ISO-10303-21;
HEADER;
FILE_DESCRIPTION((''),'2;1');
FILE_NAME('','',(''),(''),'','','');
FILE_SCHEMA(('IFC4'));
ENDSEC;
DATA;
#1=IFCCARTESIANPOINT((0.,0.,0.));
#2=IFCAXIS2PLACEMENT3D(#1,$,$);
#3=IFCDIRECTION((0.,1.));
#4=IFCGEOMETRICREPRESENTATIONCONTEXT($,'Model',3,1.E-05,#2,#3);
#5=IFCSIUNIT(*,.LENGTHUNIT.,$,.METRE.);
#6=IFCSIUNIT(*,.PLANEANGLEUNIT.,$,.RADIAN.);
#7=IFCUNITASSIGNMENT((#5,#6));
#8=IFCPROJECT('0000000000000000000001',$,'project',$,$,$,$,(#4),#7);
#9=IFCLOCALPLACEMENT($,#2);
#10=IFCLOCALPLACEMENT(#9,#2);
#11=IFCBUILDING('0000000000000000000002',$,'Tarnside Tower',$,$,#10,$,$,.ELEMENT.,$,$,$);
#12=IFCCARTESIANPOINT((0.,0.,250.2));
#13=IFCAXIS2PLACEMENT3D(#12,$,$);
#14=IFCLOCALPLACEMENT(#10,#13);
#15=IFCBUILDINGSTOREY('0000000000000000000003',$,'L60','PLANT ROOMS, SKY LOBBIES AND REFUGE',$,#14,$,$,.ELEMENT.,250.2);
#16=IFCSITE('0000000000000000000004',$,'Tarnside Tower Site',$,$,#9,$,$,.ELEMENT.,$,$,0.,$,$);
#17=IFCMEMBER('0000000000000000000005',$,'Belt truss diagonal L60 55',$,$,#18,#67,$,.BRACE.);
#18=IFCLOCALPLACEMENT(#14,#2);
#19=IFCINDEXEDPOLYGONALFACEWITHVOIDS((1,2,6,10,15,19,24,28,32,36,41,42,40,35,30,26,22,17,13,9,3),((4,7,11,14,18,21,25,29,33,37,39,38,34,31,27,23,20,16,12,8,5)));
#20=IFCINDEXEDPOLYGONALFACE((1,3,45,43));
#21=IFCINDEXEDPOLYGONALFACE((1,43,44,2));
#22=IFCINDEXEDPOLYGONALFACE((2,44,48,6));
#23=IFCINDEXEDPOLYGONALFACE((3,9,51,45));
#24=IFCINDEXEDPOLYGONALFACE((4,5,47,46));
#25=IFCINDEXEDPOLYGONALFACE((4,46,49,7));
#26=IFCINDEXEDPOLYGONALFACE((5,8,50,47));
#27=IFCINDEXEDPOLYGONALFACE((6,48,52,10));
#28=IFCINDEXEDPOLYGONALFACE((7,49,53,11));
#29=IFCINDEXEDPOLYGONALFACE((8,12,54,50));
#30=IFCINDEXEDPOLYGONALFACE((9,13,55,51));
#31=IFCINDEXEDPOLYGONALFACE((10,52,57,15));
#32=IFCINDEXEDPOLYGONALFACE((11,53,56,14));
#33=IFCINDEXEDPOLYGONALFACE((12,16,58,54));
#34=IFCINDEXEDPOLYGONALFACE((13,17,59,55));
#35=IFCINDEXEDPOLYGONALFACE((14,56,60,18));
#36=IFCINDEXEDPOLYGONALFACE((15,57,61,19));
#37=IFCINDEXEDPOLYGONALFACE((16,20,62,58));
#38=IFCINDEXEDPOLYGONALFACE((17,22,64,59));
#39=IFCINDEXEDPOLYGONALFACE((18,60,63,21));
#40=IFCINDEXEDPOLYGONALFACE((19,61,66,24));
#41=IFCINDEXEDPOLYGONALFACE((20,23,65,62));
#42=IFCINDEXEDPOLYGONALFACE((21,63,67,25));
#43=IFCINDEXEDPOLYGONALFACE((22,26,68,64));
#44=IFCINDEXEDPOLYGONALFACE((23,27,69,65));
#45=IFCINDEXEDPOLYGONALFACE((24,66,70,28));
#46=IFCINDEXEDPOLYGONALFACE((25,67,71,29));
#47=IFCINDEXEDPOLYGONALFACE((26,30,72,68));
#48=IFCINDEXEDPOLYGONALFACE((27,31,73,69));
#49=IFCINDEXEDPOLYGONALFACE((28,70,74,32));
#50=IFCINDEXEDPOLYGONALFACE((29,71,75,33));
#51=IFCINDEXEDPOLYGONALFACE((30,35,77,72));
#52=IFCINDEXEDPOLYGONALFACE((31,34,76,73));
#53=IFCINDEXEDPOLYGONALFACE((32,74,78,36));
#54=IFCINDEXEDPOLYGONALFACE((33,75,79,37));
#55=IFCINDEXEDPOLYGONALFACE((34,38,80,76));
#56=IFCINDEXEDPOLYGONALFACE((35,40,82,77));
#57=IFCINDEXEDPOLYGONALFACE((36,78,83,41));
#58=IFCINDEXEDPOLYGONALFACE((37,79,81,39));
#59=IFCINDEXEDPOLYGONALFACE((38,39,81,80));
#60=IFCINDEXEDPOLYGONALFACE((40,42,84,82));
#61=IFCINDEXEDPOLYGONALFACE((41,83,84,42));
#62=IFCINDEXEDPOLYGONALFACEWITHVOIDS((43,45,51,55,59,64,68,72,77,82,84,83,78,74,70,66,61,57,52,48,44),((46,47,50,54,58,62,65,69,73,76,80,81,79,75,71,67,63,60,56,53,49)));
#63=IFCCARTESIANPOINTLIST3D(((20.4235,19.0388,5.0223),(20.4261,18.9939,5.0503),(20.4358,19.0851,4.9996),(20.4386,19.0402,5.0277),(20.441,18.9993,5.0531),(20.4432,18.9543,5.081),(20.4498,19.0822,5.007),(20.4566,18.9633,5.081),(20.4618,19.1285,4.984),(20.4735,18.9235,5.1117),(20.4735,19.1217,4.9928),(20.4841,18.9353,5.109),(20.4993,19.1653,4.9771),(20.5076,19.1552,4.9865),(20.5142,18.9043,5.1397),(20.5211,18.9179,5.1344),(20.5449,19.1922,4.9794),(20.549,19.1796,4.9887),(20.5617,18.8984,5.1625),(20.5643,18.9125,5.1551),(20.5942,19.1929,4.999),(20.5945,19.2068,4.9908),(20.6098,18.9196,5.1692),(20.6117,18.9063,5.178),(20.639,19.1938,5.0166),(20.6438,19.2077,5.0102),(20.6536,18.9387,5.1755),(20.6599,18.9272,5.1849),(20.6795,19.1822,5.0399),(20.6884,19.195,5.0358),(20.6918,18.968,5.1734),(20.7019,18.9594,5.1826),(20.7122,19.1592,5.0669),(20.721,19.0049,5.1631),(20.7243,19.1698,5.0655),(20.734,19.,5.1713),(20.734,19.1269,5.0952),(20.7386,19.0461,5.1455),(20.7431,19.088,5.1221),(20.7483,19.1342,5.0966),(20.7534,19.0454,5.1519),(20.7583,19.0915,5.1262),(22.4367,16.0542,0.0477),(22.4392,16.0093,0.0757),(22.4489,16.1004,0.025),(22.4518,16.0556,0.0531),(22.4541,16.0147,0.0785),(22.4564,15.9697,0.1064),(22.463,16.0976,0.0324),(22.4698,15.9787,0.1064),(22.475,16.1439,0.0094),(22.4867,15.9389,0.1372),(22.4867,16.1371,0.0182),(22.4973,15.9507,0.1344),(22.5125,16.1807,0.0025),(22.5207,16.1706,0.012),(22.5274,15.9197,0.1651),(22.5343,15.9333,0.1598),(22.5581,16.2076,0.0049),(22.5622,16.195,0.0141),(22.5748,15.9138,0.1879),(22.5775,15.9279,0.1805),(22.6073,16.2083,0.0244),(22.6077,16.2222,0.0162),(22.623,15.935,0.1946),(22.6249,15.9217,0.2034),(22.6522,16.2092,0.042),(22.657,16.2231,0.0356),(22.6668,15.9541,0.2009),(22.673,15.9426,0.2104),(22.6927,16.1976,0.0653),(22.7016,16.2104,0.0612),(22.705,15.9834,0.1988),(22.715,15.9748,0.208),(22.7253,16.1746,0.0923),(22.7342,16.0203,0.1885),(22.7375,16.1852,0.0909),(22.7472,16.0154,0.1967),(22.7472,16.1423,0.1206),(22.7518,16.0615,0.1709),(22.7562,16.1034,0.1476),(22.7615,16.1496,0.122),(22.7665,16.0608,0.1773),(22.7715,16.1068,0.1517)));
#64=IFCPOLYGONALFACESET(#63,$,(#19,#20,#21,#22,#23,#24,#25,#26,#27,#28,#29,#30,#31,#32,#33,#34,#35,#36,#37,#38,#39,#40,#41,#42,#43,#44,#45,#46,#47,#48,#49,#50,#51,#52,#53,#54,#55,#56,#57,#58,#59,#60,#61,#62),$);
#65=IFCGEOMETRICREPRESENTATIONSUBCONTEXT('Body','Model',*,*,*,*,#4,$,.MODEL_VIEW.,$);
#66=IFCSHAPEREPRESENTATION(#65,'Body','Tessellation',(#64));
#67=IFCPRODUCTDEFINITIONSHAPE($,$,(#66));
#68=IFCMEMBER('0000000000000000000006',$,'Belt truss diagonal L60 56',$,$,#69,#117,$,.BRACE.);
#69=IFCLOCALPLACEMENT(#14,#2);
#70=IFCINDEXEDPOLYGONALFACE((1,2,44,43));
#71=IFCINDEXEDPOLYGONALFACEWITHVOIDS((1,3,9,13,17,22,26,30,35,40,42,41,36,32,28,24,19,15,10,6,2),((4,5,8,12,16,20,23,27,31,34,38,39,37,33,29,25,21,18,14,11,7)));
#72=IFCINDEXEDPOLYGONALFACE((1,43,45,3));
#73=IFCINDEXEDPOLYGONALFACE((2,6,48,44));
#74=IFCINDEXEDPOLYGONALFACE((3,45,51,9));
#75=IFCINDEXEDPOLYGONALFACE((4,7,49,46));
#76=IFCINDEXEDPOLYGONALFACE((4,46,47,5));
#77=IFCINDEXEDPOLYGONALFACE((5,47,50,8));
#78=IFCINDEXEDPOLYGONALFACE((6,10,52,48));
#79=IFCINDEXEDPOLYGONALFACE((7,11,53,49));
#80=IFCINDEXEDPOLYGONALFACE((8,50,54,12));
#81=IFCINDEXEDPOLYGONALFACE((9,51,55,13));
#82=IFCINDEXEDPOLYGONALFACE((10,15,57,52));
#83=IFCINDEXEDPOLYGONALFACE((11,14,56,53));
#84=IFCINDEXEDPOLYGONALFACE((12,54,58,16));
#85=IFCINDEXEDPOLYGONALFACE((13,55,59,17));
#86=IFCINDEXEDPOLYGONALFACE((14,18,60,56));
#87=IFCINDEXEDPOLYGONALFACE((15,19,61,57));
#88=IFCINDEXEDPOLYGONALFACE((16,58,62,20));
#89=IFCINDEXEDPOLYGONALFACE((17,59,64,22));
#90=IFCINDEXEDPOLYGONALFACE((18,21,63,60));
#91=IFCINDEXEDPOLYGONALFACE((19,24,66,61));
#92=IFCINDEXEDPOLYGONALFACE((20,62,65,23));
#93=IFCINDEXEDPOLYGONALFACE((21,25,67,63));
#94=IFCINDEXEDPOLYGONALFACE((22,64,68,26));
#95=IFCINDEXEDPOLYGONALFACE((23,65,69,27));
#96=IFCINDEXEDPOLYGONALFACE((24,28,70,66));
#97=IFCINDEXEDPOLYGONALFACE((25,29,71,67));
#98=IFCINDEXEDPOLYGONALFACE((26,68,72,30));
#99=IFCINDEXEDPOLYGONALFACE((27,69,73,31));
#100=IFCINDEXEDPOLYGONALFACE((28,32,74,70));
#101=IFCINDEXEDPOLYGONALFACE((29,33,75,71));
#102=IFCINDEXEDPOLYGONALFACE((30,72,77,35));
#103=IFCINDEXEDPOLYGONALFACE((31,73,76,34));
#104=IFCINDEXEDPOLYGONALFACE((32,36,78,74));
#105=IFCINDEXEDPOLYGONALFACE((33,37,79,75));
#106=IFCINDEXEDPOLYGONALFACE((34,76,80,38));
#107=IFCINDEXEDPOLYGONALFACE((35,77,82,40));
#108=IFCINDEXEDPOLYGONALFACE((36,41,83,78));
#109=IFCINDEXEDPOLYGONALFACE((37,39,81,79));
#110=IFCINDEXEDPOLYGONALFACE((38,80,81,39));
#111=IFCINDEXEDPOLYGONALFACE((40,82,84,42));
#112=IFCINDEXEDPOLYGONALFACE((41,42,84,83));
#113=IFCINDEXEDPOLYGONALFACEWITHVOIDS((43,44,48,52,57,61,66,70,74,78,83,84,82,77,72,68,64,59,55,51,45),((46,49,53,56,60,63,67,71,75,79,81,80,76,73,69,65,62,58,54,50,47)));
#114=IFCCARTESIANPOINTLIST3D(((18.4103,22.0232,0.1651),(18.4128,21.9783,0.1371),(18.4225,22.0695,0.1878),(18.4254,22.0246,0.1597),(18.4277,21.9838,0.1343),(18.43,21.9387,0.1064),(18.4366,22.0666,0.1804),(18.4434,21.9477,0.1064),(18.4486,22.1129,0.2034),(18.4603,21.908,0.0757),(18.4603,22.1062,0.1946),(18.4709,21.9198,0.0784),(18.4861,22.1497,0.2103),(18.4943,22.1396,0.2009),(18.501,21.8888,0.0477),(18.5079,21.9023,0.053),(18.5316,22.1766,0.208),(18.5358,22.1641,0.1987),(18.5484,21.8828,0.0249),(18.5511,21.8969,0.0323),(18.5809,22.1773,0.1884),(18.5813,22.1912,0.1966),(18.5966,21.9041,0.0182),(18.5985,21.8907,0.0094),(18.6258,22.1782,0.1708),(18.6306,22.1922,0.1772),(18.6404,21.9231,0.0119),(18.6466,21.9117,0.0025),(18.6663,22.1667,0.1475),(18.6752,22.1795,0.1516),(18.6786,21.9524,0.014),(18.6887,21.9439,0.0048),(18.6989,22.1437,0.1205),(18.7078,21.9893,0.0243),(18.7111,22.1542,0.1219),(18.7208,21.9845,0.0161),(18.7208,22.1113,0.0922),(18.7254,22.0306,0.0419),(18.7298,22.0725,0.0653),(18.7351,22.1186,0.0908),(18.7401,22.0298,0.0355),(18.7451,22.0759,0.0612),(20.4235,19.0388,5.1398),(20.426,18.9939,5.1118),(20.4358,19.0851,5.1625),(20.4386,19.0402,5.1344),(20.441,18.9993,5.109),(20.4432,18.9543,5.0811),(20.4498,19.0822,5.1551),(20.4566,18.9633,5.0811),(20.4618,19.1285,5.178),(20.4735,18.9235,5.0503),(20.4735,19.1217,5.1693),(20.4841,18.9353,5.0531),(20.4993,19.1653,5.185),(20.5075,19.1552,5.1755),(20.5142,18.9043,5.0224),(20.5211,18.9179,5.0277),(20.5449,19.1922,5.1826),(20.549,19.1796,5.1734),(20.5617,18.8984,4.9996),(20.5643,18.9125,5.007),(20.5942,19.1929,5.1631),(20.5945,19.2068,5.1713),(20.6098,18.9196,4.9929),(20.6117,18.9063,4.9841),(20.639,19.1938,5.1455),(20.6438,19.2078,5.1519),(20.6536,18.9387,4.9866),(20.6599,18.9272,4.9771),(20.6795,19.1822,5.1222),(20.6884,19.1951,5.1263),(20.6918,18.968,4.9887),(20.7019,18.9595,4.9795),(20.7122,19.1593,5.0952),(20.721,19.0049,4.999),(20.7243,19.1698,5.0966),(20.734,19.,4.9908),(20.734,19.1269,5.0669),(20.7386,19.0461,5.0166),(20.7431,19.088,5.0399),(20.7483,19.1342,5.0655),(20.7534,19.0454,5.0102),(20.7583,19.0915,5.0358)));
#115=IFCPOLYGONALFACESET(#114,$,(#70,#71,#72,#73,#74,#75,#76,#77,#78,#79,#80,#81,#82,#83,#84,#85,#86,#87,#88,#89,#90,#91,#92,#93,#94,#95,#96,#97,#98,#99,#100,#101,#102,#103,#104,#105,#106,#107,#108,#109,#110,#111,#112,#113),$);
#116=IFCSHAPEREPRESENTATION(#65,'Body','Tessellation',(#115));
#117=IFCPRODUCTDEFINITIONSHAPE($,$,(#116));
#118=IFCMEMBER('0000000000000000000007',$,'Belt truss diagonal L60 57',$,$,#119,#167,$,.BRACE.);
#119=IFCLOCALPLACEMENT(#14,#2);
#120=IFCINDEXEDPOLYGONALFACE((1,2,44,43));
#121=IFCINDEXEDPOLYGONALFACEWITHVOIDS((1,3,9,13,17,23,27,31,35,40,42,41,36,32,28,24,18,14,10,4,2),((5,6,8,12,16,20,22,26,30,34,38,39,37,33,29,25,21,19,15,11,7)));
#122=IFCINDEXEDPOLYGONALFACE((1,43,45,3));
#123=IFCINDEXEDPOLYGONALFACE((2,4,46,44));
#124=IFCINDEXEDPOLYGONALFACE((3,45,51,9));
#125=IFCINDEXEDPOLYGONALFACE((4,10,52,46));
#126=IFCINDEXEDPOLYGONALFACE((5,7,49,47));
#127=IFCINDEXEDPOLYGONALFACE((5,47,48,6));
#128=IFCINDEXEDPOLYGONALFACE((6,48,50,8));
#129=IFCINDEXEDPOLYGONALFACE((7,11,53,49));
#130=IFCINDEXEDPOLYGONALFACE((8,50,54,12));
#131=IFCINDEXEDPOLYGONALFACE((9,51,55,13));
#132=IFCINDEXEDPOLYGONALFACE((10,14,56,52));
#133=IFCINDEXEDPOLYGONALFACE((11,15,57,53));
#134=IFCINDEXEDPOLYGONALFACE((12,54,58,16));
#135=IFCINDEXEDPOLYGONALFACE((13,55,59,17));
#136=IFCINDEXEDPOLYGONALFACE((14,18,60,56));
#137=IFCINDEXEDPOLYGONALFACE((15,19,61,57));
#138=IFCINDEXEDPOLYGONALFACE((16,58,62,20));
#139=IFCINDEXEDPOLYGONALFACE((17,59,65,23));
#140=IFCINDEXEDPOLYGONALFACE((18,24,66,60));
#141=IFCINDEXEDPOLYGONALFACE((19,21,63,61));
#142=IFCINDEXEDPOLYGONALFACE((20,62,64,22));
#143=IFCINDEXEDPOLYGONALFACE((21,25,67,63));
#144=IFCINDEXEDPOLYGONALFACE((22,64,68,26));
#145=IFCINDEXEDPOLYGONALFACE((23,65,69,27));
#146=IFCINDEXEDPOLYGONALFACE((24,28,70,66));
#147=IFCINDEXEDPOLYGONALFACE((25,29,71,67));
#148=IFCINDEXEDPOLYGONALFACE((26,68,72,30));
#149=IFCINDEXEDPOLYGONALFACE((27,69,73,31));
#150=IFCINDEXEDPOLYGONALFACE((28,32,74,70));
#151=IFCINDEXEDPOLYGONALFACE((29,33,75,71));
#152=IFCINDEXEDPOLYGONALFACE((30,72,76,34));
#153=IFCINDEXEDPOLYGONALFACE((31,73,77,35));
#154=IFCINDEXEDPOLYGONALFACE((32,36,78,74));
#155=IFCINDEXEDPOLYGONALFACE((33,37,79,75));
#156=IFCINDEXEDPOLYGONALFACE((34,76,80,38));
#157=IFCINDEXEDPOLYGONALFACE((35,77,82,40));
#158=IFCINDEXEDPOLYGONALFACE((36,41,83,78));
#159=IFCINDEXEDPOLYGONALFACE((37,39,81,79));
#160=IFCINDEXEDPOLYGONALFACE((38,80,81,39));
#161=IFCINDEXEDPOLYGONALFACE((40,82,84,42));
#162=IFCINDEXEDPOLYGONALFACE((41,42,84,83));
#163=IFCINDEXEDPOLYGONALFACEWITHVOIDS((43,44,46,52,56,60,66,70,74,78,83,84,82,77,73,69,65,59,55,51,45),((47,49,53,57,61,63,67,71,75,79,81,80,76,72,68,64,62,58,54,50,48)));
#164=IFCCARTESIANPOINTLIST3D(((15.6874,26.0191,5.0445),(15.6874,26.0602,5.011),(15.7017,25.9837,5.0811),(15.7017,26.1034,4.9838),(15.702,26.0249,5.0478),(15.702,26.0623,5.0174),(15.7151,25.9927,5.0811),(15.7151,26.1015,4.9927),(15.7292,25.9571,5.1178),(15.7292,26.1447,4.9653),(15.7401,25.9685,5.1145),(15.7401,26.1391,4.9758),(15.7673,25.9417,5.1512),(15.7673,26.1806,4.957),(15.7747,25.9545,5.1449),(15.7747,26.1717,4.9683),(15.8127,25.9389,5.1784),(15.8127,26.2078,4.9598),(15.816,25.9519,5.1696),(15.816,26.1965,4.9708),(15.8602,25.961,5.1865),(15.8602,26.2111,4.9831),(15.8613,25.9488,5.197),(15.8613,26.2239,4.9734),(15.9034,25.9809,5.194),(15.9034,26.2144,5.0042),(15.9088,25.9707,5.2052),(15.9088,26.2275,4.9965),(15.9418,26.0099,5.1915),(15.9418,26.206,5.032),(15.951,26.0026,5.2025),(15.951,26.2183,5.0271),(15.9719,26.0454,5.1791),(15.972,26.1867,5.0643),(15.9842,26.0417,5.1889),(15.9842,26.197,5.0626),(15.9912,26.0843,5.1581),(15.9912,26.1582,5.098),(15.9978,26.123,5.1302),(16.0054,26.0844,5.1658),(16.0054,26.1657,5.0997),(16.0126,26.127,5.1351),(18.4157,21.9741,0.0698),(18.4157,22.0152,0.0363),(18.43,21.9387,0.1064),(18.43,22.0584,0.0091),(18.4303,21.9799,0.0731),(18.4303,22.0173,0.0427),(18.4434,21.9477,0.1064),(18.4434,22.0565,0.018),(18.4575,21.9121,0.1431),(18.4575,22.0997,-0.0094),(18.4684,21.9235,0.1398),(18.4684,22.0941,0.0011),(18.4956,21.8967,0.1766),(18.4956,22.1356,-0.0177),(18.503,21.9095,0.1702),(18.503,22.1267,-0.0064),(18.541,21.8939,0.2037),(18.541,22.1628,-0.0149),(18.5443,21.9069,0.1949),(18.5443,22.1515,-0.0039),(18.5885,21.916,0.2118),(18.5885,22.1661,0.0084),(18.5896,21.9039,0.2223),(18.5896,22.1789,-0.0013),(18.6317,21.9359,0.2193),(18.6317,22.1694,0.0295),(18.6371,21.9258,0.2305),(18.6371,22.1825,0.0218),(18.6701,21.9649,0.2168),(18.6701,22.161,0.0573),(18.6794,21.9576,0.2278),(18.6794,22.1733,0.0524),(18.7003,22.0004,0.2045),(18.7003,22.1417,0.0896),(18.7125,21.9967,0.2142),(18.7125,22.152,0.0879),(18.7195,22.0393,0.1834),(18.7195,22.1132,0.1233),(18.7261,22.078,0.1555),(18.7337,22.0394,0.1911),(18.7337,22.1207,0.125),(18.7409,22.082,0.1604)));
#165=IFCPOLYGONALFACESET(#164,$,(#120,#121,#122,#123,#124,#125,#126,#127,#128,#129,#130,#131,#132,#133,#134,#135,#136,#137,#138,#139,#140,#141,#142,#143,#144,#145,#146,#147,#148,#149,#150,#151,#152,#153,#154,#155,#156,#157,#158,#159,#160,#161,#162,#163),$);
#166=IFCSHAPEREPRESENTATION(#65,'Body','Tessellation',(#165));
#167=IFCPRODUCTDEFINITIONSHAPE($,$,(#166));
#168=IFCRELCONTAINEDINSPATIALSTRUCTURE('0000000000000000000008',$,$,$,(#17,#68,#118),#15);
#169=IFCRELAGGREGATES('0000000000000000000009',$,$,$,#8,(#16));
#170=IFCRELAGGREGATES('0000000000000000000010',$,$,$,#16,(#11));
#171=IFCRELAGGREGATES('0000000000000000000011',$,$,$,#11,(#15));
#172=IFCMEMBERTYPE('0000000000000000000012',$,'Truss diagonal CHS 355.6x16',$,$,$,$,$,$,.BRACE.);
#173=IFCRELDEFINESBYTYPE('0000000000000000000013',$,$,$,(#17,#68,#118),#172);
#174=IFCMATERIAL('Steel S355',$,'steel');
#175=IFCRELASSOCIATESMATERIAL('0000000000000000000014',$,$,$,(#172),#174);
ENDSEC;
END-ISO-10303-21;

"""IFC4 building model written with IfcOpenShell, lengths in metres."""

from ifc_helpers import new_model, si_unit, direction, frame, origin, origin_2d, place, context, subcontext, project, spatial, hollow_circle, extrude, material, material_profile, profile_set, type_object, element, save


model = new_model("IFC4")

# Units and contexts
model_context = context("Model", 3, precision=1e-05, world=origin(), true_north=direction((0.0, 1.0)))
body_context = subcontext(model_context, "Body", "Model", "MODEL_VIEW")
ifc_project = project(units=[si_unit("LENGTHUNIT", "METRE"), si_unit("PLANEANGLEUNIT", "RADIAN")], contexts=[model_context])

# Site, building, storey
site_placement = place(None, origin())
site = spatial("IfcSite", under=ifc_project, at=site_placement, Name="Tarnside Tower Site", CompositionType="ELEMENT", RefElevation=0.0)
building_placement = place(site_placement, origin())
building = spatial("IfcBuilding", under=site, at=building_placement, Name="Tarnside Tower", CompositionType="ELEMENT")
storey_placement = place(building_placement, frame((0.0, 0.0, 250.2)))
storey = spatial("IfcBuildingStorey", under=building, at=storey_placement, Name="L60", Description="PLANT ROOMS, SKY LOBBIES AND REFUGE", CompositionType="ELEMENT", Elevation=250.2)

# Shared definitions
ifc_material_1 = material(Name="Steel S355", Category="steel")

# Members
ifc_material_profile_1 = material_profile(ifc_material_1, hollow_circle(Radius=0.1777, WallThickness=0.0161, at=origin_2d()), Name="CHS 355.6x16")
ifc_profile_set_1 = profile_set([ifc_material_profile_1], Name="Steel S355")
member_type_1 = type_object("IfcMemberType", Name="Truss diagonal CHS 355.6x16", PredefinedType="BRACE", material=ifc_profile_set_1)
for number, where, z_axis, x_axis, name in (
    (1, (22.6038, 16.0691, 0.1064), (-0.327845, 0.486043, 0.810111), (-0.829033, -0.559199, 0.0), "Belt truss diagonal L60 55"),
    (2, (20.5906, 19.0537, 5.0811), (-0.327852, 0.486012, -0.810127), (-0.829012, -0.559231, 0.0), "Belt truss diagonal L60 56"),
):
    element("IfcMember", number, at=place(storey_placement, frame(where, z_axis=z_axis, x_axis=x_axis)), inside=storey, type_object=member_type_1, Name=name, PredefinedType="BRACE", context=body_context, shape_type="SweptSolid", body=[
        extrude(hollow_circle(Radius=0.1777, WallThickness=0.0161, at=origin_2d()), origin(), (0.0, 0.0, 1.0), 6.1406),
    ])
member_1_placement = place(storey_placement, frame((18.5774, 22.0381, 0.1064), z_axis=(-0.391549, 0.580508, 0.713933), x_axis=(-0.829044, -0.559184, 0.0)))
element("IfcMember", 3, at=member_1_placement, inside=storey, type_object=member_type_1, Name="Belt truss diagonal L60 57", PredefinedType="BRACE", context=body_context, shape_type="SweptSolid", body=[
    extrude(hollow_circle(Radius=0.1777, WallThickness=0.0161, at=origin_2d()), origin(), (0.0, 0.0, 1.0), 6.968),
])

save(model, "model.ifc")
